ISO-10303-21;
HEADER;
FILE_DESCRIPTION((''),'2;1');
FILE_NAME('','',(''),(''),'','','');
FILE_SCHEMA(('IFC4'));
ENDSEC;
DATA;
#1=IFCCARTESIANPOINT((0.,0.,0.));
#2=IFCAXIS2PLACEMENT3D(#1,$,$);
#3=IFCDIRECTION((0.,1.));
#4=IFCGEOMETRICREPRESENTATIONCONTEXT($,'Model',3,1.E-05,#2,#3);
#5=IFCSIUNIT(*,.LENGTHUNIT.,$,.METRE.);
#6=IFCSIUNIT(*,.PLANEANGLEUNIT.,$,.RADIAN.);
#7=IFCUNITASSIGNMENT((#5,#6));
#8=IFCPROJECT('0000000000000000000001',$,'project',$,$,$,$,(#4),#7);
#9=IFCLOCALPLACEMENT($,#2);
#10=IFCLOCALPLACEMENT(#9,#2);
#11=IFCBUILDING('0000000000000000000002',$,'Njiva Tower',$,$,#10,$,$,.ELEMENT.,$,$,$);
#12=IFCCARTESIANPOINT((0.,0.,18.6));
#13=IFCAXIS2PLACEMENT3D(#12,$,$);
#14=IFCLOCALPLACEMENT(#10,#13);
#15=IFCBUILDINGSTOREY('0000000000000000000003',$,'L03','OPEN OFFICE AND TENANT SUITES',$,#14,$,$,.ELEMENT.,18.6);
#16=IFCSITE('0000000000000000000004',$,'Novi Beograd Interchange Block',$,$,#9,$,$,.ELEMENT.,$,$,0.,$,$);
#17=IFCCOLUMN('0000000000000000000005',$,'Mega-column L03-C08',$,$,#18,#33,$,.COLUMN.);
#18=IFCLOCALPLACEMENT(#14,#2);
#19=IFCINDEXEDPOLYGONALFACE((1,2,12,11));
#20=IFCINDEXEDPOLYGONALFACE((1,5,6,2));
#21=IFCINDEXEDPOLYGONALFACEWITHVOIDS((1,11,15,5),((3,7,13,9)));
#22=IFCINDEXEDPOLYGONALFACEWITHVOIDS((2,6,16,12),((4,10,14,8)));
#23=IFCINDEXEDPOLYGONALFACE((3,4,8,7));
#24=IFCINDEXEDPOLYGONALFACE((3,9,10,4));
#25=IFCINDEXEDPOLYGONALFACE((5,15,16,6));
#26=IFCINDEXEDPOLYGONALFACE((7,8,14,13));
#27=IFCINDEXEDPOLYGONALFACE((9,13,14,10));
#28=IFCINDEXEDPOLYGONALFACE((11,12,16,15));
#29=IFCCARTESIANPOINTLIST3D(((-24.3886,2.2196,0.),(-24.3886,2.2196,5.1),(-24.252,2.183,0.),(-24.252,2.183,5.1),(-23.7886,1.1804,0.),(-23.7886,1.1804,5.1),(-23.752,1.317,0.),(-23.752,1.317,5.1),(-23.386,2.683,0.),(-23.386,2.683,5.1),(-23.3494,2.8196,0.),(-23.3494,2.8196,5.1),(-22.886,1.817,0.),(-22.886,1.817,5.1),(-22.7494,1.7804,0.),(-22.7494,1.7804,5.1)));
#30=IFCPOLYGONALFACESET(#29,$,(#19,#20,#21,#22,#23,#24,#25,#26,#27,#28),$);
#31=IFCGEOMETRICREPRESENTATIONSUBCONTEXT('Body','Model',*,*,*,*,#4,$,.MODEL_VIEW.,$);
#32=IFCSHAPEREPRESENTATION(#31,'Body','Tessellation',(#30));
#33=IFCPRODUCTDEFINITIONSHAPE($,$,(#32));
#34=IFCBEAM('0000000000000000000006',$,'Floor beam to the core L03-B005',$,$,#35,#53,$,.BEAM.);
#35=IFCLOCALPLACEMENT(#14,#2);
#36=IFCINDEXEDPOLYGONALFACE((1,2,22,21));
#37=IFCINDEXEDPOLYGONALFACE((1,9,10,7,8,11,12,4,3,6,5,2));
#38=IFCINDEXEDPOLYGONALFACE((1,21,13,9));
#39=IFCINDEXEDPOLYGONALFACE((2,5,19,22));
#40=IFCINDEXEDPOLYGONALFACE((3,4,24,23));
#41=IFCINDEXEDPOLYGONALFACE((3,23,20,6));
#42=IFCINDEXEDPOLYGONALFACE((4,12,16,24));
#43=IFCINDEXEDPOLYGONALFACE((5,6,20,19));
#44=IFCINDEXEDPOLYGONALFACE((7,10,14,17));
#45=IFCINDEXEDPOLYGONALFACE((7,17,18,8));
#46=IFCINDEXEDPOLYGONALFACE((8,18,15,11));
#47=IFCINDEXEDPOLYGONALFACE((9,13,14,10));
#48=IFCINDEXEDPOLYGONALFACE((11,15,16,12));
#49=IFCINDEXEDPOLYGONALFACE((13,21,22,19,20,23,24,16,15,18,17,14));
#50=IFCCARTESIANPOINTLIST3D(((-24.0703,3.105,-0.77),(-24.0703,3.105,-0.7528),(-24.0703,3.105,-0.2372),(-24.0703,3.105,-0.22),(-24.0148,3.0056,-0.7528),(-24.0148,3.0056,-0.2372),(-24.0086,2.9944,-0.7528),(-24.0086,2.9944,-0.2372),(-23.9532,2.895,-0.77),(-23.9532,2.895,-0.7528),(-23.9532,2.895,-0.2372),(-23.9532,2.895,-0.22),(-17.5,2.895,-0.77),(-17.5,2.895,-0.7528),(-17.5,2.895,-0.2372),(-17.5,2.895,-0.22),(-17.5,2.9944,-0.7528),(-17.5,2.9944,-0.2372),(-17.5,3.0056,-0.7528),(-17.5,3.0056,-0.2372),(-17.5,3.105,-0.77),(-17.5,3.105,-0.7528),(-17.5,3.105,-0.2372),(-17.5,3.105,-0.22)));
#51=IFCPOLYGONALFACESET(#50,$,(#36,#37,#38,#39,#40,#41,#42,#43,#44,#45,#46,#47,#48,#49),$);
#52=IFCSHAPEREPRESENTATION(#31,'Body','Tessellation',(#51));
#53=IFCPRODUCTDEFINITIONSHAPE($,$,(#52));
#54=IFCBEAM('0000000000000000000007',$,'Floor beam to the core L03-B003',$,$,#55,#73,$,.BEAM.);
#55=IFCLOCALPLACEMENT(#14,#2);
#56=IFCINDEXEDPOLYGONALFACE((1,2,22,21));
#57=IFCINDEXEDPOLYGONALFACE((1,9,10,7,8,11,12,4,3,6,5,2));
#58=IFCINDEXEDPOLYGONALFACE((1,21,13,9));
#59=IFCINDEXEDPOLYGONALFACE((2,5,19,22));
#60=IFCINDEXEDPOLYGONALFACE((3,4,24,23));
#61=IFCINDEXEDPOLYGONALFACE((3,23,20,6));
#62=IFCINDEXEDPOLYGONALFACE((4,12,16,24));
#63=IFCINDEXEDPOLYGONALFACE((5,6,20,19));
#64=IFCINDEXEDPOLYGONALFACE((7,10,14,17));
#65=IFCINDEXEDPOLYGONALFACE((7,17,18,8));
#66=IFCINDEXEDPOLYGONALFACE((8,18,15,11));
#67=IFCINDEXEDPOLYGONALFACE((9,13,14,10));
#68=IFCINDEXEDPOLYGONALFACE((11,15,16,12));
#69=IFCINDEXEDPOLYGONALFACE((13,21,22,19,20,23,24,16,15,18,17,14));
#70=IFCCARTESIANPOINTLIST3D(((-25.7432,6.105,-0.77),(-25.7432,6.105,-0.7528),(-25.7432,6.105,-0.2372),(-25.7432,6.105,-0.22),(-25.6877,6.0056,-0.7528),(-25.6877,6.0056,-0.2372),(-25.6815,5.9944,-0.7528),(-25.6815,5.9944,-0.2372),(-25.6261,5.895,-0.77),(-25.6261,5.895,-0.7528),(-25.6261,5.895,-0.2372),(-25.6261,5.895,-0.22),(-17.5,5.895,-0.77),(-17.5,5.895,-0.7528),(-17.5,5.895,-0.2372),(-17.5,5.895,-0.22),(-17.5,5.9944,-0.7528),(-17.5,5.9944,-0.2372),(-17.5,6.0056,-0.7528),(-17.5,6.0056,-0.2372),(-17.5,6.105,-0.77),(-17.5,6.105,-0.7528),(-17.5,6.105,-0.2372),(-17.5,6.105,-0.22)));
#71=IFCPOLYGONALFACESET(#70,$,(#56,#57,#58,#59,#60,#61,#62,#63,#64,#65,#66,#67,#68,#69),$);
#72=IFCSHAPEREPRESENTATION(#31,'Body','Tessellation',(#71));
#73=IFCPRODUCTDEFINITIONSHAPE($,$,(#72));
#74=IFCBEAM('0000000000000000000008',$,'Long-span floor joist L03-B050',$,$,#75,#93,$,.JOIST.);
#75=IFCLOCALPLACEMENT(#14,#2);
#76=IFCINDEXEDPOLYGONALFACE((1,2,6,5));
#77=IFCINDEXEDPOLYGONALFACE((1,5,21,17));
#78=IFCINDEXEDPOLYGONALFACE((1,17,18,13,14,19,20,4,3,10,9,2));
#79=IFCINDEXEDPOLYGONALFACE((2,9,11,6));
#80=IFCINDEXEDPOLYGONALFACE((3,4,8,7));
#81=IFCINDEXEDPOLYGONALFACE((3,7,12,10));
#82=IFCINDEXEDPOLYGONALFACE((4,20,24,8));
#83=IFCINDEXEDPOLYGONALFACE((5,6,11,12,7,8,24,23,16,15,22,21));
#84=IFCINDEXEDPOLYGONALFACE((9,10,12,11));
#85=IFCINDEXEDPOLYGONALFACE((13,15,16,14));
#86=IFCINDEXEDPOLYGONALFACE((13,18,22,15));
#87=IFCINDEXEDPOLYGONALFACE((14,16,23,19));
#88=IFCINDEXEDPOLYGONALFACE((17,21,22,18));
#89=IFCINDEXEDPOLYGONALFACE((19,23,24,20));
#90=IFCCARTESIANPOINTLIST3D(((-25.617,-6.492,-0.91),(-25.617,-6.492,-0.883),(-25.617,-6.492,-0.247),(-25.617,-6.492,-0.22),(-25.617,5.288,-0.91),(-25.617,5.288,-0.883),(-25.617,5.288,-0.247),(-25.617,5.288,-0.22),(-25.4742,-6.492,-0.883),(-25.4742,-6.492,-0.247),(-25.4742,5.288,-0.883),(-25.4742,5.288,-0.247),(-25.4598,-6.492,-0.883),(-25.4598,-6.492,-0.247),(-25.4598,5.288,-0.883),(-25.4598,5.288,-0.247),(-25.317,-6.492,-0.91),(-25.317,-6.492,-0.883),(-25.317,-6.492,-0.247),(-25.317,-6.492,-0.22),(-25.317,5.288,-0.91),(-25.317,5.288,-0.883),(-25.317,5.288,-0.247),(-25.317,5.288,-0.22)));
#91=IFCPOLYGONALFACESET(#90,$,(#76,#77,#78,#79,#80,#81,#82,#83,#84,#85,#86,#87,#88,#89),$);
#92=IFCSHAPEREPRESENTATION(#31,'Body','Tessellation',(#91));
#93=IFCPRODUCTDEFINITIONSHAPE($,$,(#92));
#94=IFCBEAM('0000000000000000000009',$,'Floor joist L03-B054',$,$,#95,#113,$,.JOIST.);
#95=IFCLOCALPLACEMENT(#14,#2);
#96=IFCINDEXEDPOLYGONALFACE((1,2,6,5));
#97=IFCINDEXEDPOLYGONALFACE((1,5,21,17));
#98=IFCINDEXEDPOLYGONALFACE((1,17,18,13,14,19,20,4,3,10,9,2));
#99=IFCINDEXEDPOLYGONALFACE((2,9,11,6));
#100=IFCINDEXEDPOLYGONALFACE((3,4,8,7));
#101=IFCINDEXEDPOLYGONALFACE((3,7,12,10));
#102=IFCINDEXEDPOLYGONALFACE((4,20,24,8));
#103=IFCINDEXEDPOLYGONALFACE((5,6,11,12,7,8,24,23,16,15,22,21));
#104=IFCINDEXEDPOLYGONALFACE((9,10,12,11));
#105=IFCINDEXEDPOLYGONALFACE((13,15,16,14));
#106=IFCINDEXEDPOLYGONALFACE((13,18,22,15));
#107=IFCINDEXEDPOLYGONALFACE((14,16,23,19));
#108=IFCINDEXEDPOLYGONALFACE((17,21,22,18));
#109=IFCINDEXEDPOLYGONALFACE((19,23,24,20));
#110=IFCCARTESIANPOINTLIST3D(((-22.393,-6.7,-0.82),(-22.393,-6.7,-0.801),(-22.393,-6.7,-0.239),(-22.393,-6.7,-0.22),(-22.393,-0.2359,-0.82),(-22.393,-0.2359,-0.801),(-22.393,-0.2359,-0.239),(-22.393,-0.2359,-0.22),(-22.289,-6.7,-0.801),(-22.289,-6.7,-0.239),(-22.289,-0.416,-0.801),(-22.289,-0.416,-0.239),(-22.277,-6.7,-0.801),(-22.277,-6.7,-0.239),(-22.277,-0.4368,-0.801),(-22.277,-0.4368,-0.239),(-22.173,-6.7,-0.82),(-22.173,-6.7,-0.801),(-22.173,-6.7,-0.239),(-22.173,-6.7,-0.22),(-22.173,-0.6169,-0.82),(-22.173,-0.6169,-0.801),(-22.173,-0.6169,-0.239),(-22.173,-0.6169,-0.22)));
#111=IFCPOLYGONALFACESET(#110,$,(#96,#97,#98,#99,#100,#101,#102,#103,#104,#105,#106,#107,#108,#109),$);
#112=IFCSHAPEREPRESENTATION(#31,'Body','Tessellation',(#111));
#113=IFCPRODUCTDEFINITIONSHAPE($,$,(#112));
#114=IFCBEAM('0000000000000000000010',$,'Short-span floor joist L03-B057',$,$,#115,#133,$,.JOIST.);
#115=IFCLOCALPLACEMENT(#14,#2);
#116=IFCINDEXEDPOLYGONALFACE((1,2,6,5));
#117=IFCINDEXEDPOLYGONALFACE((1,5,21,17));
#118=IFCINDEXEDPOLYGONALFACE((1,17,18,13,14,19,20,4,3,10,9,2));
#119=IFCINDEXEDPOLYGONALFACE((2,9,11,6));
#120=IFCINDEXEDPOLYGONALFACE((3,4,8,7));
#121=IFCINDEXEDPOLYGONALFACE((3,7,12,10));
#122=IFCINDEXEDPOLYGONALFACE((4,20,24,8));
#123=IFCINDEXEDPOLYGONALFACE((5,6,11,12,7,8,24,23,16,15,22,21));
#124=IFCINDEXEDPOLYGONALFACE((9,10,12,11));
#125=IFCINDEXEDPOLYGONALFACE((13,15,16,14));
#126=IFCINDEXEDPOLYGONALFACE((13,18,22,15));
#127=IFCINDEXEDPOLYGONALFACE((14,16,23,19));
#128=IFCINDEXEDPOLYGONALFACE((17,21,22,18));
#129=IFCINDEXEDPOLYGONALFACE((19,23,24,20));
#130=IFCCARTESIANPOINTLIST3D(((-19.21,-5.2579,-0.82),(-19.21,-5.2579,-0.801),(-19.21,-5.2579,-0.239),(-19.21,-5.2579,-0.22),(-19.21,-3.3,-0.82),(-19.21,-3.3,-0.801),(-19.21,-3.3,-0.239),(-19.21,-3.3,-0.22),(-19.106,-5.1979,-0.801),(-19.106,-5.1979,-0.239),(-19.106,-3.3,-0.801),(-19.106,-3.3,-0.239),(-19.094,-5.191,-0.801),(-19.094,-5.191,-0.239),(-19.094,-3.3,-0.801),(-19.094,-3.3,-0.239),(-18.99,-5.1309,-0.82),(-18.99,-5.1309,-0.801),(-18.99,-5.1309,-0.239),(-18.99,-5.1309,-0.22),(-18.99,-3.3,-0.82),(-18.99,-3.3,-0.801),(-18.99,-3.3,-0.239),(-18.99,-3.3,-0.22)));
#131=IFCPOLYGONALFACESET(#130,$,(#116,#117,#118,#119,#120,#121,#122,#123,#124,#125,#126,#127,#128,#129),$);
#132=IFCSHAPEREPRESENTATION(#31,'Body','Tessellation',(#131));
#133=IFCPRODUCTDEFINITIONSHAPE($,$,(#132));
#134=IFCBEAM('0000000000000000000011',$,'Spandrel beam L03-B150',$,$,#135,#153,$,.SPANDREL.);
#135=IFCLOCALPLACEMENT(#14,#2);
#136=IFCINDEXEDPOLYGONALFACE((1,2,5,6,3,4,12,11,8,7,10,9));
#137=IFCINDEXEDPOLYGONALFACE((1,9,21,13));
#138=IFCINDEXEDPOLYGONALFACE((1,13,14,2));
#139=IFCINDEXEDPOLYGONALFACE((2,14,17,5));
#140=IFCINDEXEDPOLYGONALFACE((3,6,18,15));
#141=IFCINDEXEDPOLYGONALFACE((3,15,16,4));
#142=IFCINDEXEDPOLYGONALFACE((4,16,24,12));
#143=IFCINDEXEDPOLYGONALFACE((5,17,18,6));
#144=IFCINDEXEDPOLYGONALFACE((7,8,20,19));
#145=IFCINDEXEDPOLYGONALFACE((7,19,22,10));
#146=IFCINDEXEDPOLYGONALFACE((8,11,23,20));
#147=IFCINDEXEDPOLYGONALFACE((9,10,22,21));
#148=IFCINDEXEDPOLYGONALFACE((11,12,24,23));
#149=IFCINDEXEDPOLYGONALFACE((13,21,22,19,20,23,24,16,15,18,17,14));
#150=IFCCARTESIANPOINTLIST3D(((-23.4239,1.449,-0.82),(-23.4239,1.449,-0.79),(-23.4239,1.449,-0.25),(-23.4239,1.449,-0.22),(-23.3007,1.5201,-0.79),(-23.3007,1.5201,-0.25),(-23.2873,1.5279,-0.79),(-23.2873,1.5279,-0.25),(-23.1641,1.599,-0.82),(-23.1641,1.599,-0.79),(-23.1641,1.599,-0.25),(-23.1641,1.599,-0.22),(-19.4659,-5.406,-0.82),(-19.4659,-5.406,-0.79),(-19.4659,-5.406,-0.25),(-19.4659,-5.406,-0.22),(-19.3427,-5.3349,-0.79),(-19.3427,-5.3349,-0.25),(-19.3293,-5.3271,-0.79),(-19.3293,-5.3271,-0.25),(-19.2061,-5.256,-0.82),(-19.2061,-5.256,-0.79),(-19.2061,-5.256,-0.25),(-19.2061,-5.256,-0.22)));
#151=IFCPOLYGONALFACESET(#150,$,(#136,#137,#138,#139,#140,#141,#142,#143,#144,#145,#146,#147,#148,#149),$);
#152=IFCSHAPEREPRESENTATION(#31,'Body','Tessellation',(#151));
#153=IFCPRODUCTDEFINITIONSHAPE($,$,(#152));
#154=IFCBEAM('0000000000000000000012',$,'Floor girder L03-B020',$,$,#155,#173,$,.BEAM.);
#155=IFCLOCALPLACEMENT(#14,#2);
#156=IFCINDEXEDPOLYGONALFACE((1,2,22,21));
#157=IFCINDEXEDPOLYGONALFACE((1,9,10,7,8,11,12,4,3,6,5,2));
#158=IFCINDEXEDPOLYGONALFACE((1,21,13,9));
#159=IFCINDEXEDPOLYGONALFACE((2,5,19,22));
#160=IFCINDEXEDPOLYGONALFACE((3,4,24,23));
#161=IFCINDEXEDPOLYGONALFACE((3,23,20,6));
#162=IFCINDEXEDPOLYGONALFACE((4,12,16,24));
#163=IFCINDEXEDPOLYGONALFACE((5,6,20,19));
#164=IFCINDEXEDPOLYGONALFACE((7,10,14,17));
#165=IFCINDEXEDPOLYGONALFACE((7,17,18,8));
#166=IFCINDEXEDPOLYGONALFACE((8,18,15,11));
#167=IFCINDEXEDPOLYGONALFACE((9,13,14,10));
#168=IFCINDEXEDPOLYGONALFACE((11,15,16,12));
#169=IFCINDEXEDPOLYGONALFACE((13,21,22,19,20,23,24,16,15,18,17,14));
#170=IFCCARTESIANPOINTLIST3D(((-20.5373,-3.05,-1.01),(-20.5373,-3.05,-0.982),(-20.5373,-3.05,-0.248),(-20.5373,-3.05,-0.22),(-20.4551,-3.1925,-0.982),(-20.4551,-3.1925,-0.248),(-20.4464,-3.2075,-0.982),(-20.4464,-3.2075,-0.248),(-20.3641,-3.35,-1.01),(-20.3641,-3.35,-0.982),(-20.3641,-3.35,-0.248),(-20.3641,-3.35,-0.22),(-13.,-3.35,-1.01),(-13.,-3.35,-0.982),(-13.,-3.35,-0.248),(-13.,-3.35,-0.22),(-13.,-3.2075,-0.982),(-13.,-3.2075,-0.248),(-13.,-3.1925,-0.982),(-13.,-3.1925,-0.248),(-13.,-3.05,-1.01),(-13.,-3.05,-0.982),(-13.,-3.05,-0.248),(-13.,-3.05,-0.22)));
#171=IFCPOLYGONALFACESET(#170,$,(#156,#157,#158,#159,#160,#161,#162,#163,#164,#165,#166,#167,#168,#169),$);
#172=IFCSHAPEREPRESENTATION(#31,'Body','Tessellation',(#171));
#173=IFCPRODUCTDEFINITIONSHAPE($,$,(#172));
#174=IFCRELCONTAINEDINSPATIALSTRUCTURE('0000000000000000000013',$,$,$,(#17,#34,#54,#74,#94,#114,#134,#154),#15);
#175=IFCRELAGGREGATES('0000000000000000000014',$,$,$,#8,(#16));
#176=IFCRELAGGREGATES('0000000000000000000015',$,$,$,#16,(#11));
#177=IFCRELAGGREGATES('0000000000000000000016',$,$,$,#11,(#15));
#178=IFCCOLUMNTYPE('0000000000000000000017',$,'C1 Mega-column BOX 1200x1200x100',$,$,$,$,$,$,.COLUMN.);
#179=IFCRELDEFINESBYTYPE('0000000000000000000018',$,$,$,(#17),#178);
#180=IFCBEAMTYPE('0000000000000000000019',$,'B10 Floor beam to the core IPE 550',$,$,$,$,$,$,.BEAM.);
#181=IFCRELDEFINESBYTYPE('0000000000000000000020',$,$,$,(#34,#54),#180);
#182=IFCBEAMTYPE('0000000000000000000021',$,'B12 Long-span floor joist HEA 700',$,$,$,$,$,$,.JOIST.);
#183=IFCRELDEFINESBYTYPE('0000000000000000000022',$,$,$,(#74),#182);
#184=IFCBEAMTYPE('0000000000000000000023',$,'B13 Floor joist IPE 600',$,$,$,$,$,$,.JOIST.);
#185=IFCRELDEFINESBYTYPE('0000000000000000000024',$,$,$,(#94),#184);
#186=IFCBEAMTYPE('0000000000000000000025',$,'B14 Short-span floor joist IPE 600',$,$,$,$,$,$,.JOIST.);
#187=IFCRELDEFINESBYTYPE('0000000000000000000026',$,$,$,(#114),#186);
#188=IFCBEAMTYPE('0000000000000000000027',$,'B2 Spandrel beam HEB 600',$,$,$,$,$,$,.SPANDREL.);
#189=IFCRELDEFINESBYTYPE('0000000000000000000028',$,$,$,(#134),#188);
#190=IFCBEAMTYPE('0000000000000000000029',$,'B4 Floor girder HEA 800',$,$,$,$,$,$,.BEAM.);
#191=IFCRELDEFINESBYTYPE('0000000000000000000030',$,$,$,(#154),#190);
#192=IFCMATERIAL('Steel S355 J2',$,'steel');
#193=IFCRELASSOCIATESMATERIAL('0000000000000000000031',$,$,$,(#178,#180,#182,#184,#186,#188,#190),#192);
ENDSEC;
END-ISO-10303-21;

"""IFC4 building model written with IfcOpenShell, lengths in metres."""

from ifc_helpers import new_model, si_unit, direction, frame, origin, origin_2d, place, context, subcontext, project, spatial, hollow_rectangle, i_section, extrude, clip, halfspace, material, material_profile, profile_set, type_object, element, save


model = new_model("IFC4")

# Units and contexts
model_context = context("Model", 3, precision=1e-05, world=origin(), true_north=direction((0.0, 1.0)))
body_context = subcontext(model_context, "Body", "Model", "MODEL_VIEW")
ifc_project = project(units=[si_unit("LENGTHUNIT", "METRE"), si_unit("PLANEANGLEUNIT", "RADIAN")], contexts=[model_context])

# Site, building, storey
site_placement = place(None, origin())
site = spatial("IfcSite", under=ifc_project, at=site_placement, Name="Novi Beograd Interchange Block", CompositionType="ELEMENT", RefElevation=0.0)
building_placement = place(site_placement, origin())
building = spatial("IfcBuilding", under=site, at=building_placement, Name="Njiva Tower", CompositionType="ELEMENT")
storey_placement = place(building_placement, frame((0.0, 0.0, 18.6)))
storey = spatial("IfcBuildingStorey", under=building, at=storey_placement, Name="L03", Description="OPEN OFFICE AND TENANT SUITES", CompositionType="ELEMENT", Elevation=18.6)

# Column
ifc_material_1 = material(Name="Steel S355 J2", Category="steel")
ifc_material_profile_1 = material_profile(ifc_material_1, hollow_rectangle(XDim=1.2, YDim=1.2, WallThickness=0.1, at=origin_2d()), Name="BOX 1200x1200x100")
ifc_profile_set_1 = profile_set([ifc_material_profile_1], Name="Steel S355 J2")
column_type = type_object("IfcColumnType", Name="C1 Mega-column BOX 1200x1200x100", PredefinedType="COLUMN", material=ifc_profile_set_1)
column_placement = place(storey_placement, frame((-23.569, 2.0, 0.0), z_axis=(0.0, 0.0, 1.0), x_axis=(0.5, -0.866025, 0.0)))
element("IfcColumn", 1, at=column_placement, inside=storey, type_object=column_type, Name="Mega-column L03-C08", PredefinedType="COLUMN", context=body_context, shape_type="SweptSolid", body=[
    extrude(hollow_rectangle(XDim=1.2, YDim=1.2, WallThickness=0.1, at=origin_2d()), origin(), (0.0, 0.0, 1.0), 5.1),
])

# Beams
ifc_material_profile_2 = material_profile(ifc_material_1, i_section(OverallWidth=0.21, OverallDepth=0.55, WebThickness=0.0111, FlangeThickness=0.0172, at=origin_2d()), Name="IPE 550")
ifc_profile_set_2 = profile_set([ifc_material_profile_2], Name="Steel S355 J2")
beam_type_1 = type_object("IfcBeamType", Name="B10 Floor beam to the core IPE 550", PredefinedType="BEAM", material=ifc_profile_set_2)
beam_1_placement = place(storey_placement, frame((-24.091, 3.0, -0.495), z_axis=(1.0, 0.0, 0.0), x_axis=(0.0, 1.0, 0.0)))
element("IfcBeam", 2, at=beam_1_placement, inside=storey, type_object=beam_type_1, Name="Floor beam to the core L03-B005", PredefinedType="BEAM", context=body_context, shape_type="Clipping", body=[
    clip(extrude(i_section(OverallWidth=0.21, OverallDepth=0.55, WebThickness=0.0111, FlangeThickness=0.0172, at=origin_2d()), origin(), (0.0, 0.0, 1.0), 6.591), halfspace(frame((-0.0244, 0.0, 0.0929), z_axis=(-0.487052, 0.0, -0.873373), x_axis=(0.0, -1.0, 0.0)), False)),
])
beam_2_placement = place(storey_placement, frame((-25.764, 6.0, -0.495), z_axis=(1.0, 0.0, 0.0), x_axis=(0.0, 1.0, 0.0)))
element("IfcBeam", 3, at=beam_2_placement, inside=storey, type_object=beam_type_1, Name="Floor beam to the core L03-B003", PredefinedType="BEAM", context=body_context, shape_type="Clipping", body=[
    clip(extrude(i_section(OverallWidth=0.21, OverallDepth=0.55, WebThickness=0.0111, FlangeThickness=0.0172, at=origin_2d()), origin(), (0.0, 0.0, 1.0), 8.264), halfspace(frame((-0.0244, 0.0, 0.093), z_axis=(-0.487052, 0.0, -0.873373), x_axis=(0.0, -1.0, 0.0)), False)),
])
ifc_material_profile_3 = material_profile(ifc_material_1, i_section(OverallWidth=0.3, OverallDepth=0.69, WebThickness=0.0145, FlangeThickness=0.027, at=origin_2d()), Name="HEA 700")
ifc_profile_set_3 = profile_set([ifc_material_profile_3], Name="Steel S355 J2")
beam_type_2 = type_object("IfcBeamType", Name="B12 Long-span floor joist HEA 700", PredefinedType="JOIST", material=ifc_profile_set_3)
beam_3_placement = place(storey_placement, frame((-25.467, 5.288, -0.565), z_axis=(0.0, -1.0, 0.0), x_axis=(1.0, 0.0, 0.0)))
element("IfcBeam", 4, at=beam_3_placement, inside=storey, type_object=beam_type_2, Name="Long-span floor joist L03-B050", PredefinedType="JOIST", context=body_context, shape_type="SweptSolid", body=[
    extrude(i_section(OverallWidth=0.3, OverallDepth=0.69, WebThickness=0.0145, FlangeThickness=0.027, at=origin_2d()), origin(), (0.0, 0.0, 1.0), 11.78),
])
ifc_material_profile_4 = material_profile(ifc_material_1, i_section(OverallWidth=0.22, OverallDepth=0.6, WebThickness=0.012, FlangeThickness=0.019, at=origin_2d()), Name="IPE 600")
ifc_profile_set_4 = profile_set([ifc_material_profile_4], Name="Steel S355 J2")
beam_type_3 = type_object("IfcBeamType", Name="B13 Floor joist IPE 600", PredefinedType="JOIST", material=ifc_profile_set_4)
beam_4_placement = place(storey_placement, frame((-22.283, -0.215, -0.52), z_axis=(0.0, -1.0, 0.0), x_axis=(1.0, 0.0, 0.0)))
element("IfcBeam", 5, at=beam_4_placement, inside=storey, type_object=beam_type_3, Name="Floor joist L03-B054", PredefinedType="JOIST", context=body_context, shape_type="Clipping", body=[
    clip(extrude(i_section(OverallWidth=0.22, OverallDepth=0.6, WebThickness=0.012, FlangeThickness=0.019, at=origin_2d()), origin(), (0.0, 0.0, 1.0), 6.485), halfspace(frame((0.043, 0.0, 0.2859), z_axis=(0.866027, 0.0, -0.499998), x_axis=(0.0, -1.0, 0.0)), False)),
])
ifc_material_profile_5 = material_profile(ifc_material_1, i_section(OverallWidth=0.22, OverallDepth=0.6, WebThickness=0.012, FlangeThickness=0.019, at=origin_2d()), Name="IPE 600")
ifc_profile_set_5 = profile_set([ifc_material_profile_5], Name="Steel S355 J2")
beam_type_4 = type_object("IfcBeamType", Name="B14 Short-span floor joist IPE 600", PredefinedType="JOIST", material=ifc_profile_set_5)
beam_5_placement = place(storey_placement, frame((-19.1, -3.3, -0.52), z_axis=(0.0, -1.0, 0.0), x_axis=(1.0, 0.0, 0.0)))
element("IfcBeam", 6, at=beam_5_placement, inside=storey, type_object=beam_type_4, Name="Short-span floor joist L03-B057", PredefinedType="JOIST", context=body_context, shape_type="Clipping", body=[
    clip(extrude(i_section(OverallWidth=0.22, OverallDepth=0.6, WebThickness=0.012, FlangeThickness=0.019, at=origin_2d()), origin(), (0.0, 0.0, 1.0), 1.978), halfspace(frame((0.025, 0.0, 1.88), z_axis=(0.499998, 0.0, 0.866027), x_axis=(0.0, 1.0, 0.0)), False)),
])
ifc_material_profile_6 = material_profile(ifc_material_1, i_section(OverallWidth=0.3, OverallDepth=0.6, WebThickness=0.0155, FlangeThickness=0.03, at=origin_2d()), Name="HEB 600")
ifc_profile_set_6 = profile_set([ifc_material_profile_6], Name="Steel S355 J2")
beam_type_5 = type_object("IfcBeamType", Name="B2 Spandrel beam HEB 600", PredefinedType="SPANDREL", material=ifc_profile_set_6)
beam_6_placement = place(storey_placement, frame((-23.294, 1.524, -0.52), z_axis=(0.500025, -0.866011, 0.0), x_axis=(0.866011, 0.500025, 0.0)))
element("IfcBeam", 7, at=beam_6_placement, inside=storey, type_object=beam_type_5, Name="Spandrel beam L03-B150", PredefinedType="SPANDREL", context=body_context, shape_type="SweptSolid", body=[
    extrude(i_section(OverallWidth=0.3, OverallDepth=0.6, WebThickness=0.0155, FlangeThickness=0.03, at=origin_2d()), origin(), (0.0, 0.0, 1.0), 7.9156),
])
ifc_material_profile_7 = material_profile(ifc_material_1, i_section(OverallWidth=0.3, OverallDepth=0.79, WebThickness=0.015, FlangeThickness=0.028, at=origin_2d()), Name="HEA 800")
ifc_profile_set_7 = profile_set([ifc_material_profile_7], Name="Steel S355 J2")
beam_type_6 = type_object("IfcBeamType", Name="B4 Floor girder HEA 800", PredefinedType="BEAM", material=ifc_profile_set_7)
beam_7_placement = place(storey_placement, frame((-20.558, -3.2, -0.615), z_axis=(1.0, 0.0, 0.0), x_axis=(0.0, 1.0, 0.0)))
element("IfcBeam", 8, at=beam_7_placement, inside=storey, type_object=beam_type_6, Name="Floor girder L03-B020", PredefinedType="BEAM", context=body_context, shape_type="Clipping", body=[
    clip(extrude(i_section(OverallWidth=0.3, OverallDepth=0.79, WebThickness=0.015, FlangeThickness=0.028, at=origin_2d()), origin(), (0.0, 0.0, 1.0), 7.558), halfspace(frame((-0.025, 0.0, 0.1217), z_axis=(-0.499998, 0.0, -0.866027), x_axis=(0.0, -1.0, 0.0)), False)),
])

save(model, "model.ifc")
